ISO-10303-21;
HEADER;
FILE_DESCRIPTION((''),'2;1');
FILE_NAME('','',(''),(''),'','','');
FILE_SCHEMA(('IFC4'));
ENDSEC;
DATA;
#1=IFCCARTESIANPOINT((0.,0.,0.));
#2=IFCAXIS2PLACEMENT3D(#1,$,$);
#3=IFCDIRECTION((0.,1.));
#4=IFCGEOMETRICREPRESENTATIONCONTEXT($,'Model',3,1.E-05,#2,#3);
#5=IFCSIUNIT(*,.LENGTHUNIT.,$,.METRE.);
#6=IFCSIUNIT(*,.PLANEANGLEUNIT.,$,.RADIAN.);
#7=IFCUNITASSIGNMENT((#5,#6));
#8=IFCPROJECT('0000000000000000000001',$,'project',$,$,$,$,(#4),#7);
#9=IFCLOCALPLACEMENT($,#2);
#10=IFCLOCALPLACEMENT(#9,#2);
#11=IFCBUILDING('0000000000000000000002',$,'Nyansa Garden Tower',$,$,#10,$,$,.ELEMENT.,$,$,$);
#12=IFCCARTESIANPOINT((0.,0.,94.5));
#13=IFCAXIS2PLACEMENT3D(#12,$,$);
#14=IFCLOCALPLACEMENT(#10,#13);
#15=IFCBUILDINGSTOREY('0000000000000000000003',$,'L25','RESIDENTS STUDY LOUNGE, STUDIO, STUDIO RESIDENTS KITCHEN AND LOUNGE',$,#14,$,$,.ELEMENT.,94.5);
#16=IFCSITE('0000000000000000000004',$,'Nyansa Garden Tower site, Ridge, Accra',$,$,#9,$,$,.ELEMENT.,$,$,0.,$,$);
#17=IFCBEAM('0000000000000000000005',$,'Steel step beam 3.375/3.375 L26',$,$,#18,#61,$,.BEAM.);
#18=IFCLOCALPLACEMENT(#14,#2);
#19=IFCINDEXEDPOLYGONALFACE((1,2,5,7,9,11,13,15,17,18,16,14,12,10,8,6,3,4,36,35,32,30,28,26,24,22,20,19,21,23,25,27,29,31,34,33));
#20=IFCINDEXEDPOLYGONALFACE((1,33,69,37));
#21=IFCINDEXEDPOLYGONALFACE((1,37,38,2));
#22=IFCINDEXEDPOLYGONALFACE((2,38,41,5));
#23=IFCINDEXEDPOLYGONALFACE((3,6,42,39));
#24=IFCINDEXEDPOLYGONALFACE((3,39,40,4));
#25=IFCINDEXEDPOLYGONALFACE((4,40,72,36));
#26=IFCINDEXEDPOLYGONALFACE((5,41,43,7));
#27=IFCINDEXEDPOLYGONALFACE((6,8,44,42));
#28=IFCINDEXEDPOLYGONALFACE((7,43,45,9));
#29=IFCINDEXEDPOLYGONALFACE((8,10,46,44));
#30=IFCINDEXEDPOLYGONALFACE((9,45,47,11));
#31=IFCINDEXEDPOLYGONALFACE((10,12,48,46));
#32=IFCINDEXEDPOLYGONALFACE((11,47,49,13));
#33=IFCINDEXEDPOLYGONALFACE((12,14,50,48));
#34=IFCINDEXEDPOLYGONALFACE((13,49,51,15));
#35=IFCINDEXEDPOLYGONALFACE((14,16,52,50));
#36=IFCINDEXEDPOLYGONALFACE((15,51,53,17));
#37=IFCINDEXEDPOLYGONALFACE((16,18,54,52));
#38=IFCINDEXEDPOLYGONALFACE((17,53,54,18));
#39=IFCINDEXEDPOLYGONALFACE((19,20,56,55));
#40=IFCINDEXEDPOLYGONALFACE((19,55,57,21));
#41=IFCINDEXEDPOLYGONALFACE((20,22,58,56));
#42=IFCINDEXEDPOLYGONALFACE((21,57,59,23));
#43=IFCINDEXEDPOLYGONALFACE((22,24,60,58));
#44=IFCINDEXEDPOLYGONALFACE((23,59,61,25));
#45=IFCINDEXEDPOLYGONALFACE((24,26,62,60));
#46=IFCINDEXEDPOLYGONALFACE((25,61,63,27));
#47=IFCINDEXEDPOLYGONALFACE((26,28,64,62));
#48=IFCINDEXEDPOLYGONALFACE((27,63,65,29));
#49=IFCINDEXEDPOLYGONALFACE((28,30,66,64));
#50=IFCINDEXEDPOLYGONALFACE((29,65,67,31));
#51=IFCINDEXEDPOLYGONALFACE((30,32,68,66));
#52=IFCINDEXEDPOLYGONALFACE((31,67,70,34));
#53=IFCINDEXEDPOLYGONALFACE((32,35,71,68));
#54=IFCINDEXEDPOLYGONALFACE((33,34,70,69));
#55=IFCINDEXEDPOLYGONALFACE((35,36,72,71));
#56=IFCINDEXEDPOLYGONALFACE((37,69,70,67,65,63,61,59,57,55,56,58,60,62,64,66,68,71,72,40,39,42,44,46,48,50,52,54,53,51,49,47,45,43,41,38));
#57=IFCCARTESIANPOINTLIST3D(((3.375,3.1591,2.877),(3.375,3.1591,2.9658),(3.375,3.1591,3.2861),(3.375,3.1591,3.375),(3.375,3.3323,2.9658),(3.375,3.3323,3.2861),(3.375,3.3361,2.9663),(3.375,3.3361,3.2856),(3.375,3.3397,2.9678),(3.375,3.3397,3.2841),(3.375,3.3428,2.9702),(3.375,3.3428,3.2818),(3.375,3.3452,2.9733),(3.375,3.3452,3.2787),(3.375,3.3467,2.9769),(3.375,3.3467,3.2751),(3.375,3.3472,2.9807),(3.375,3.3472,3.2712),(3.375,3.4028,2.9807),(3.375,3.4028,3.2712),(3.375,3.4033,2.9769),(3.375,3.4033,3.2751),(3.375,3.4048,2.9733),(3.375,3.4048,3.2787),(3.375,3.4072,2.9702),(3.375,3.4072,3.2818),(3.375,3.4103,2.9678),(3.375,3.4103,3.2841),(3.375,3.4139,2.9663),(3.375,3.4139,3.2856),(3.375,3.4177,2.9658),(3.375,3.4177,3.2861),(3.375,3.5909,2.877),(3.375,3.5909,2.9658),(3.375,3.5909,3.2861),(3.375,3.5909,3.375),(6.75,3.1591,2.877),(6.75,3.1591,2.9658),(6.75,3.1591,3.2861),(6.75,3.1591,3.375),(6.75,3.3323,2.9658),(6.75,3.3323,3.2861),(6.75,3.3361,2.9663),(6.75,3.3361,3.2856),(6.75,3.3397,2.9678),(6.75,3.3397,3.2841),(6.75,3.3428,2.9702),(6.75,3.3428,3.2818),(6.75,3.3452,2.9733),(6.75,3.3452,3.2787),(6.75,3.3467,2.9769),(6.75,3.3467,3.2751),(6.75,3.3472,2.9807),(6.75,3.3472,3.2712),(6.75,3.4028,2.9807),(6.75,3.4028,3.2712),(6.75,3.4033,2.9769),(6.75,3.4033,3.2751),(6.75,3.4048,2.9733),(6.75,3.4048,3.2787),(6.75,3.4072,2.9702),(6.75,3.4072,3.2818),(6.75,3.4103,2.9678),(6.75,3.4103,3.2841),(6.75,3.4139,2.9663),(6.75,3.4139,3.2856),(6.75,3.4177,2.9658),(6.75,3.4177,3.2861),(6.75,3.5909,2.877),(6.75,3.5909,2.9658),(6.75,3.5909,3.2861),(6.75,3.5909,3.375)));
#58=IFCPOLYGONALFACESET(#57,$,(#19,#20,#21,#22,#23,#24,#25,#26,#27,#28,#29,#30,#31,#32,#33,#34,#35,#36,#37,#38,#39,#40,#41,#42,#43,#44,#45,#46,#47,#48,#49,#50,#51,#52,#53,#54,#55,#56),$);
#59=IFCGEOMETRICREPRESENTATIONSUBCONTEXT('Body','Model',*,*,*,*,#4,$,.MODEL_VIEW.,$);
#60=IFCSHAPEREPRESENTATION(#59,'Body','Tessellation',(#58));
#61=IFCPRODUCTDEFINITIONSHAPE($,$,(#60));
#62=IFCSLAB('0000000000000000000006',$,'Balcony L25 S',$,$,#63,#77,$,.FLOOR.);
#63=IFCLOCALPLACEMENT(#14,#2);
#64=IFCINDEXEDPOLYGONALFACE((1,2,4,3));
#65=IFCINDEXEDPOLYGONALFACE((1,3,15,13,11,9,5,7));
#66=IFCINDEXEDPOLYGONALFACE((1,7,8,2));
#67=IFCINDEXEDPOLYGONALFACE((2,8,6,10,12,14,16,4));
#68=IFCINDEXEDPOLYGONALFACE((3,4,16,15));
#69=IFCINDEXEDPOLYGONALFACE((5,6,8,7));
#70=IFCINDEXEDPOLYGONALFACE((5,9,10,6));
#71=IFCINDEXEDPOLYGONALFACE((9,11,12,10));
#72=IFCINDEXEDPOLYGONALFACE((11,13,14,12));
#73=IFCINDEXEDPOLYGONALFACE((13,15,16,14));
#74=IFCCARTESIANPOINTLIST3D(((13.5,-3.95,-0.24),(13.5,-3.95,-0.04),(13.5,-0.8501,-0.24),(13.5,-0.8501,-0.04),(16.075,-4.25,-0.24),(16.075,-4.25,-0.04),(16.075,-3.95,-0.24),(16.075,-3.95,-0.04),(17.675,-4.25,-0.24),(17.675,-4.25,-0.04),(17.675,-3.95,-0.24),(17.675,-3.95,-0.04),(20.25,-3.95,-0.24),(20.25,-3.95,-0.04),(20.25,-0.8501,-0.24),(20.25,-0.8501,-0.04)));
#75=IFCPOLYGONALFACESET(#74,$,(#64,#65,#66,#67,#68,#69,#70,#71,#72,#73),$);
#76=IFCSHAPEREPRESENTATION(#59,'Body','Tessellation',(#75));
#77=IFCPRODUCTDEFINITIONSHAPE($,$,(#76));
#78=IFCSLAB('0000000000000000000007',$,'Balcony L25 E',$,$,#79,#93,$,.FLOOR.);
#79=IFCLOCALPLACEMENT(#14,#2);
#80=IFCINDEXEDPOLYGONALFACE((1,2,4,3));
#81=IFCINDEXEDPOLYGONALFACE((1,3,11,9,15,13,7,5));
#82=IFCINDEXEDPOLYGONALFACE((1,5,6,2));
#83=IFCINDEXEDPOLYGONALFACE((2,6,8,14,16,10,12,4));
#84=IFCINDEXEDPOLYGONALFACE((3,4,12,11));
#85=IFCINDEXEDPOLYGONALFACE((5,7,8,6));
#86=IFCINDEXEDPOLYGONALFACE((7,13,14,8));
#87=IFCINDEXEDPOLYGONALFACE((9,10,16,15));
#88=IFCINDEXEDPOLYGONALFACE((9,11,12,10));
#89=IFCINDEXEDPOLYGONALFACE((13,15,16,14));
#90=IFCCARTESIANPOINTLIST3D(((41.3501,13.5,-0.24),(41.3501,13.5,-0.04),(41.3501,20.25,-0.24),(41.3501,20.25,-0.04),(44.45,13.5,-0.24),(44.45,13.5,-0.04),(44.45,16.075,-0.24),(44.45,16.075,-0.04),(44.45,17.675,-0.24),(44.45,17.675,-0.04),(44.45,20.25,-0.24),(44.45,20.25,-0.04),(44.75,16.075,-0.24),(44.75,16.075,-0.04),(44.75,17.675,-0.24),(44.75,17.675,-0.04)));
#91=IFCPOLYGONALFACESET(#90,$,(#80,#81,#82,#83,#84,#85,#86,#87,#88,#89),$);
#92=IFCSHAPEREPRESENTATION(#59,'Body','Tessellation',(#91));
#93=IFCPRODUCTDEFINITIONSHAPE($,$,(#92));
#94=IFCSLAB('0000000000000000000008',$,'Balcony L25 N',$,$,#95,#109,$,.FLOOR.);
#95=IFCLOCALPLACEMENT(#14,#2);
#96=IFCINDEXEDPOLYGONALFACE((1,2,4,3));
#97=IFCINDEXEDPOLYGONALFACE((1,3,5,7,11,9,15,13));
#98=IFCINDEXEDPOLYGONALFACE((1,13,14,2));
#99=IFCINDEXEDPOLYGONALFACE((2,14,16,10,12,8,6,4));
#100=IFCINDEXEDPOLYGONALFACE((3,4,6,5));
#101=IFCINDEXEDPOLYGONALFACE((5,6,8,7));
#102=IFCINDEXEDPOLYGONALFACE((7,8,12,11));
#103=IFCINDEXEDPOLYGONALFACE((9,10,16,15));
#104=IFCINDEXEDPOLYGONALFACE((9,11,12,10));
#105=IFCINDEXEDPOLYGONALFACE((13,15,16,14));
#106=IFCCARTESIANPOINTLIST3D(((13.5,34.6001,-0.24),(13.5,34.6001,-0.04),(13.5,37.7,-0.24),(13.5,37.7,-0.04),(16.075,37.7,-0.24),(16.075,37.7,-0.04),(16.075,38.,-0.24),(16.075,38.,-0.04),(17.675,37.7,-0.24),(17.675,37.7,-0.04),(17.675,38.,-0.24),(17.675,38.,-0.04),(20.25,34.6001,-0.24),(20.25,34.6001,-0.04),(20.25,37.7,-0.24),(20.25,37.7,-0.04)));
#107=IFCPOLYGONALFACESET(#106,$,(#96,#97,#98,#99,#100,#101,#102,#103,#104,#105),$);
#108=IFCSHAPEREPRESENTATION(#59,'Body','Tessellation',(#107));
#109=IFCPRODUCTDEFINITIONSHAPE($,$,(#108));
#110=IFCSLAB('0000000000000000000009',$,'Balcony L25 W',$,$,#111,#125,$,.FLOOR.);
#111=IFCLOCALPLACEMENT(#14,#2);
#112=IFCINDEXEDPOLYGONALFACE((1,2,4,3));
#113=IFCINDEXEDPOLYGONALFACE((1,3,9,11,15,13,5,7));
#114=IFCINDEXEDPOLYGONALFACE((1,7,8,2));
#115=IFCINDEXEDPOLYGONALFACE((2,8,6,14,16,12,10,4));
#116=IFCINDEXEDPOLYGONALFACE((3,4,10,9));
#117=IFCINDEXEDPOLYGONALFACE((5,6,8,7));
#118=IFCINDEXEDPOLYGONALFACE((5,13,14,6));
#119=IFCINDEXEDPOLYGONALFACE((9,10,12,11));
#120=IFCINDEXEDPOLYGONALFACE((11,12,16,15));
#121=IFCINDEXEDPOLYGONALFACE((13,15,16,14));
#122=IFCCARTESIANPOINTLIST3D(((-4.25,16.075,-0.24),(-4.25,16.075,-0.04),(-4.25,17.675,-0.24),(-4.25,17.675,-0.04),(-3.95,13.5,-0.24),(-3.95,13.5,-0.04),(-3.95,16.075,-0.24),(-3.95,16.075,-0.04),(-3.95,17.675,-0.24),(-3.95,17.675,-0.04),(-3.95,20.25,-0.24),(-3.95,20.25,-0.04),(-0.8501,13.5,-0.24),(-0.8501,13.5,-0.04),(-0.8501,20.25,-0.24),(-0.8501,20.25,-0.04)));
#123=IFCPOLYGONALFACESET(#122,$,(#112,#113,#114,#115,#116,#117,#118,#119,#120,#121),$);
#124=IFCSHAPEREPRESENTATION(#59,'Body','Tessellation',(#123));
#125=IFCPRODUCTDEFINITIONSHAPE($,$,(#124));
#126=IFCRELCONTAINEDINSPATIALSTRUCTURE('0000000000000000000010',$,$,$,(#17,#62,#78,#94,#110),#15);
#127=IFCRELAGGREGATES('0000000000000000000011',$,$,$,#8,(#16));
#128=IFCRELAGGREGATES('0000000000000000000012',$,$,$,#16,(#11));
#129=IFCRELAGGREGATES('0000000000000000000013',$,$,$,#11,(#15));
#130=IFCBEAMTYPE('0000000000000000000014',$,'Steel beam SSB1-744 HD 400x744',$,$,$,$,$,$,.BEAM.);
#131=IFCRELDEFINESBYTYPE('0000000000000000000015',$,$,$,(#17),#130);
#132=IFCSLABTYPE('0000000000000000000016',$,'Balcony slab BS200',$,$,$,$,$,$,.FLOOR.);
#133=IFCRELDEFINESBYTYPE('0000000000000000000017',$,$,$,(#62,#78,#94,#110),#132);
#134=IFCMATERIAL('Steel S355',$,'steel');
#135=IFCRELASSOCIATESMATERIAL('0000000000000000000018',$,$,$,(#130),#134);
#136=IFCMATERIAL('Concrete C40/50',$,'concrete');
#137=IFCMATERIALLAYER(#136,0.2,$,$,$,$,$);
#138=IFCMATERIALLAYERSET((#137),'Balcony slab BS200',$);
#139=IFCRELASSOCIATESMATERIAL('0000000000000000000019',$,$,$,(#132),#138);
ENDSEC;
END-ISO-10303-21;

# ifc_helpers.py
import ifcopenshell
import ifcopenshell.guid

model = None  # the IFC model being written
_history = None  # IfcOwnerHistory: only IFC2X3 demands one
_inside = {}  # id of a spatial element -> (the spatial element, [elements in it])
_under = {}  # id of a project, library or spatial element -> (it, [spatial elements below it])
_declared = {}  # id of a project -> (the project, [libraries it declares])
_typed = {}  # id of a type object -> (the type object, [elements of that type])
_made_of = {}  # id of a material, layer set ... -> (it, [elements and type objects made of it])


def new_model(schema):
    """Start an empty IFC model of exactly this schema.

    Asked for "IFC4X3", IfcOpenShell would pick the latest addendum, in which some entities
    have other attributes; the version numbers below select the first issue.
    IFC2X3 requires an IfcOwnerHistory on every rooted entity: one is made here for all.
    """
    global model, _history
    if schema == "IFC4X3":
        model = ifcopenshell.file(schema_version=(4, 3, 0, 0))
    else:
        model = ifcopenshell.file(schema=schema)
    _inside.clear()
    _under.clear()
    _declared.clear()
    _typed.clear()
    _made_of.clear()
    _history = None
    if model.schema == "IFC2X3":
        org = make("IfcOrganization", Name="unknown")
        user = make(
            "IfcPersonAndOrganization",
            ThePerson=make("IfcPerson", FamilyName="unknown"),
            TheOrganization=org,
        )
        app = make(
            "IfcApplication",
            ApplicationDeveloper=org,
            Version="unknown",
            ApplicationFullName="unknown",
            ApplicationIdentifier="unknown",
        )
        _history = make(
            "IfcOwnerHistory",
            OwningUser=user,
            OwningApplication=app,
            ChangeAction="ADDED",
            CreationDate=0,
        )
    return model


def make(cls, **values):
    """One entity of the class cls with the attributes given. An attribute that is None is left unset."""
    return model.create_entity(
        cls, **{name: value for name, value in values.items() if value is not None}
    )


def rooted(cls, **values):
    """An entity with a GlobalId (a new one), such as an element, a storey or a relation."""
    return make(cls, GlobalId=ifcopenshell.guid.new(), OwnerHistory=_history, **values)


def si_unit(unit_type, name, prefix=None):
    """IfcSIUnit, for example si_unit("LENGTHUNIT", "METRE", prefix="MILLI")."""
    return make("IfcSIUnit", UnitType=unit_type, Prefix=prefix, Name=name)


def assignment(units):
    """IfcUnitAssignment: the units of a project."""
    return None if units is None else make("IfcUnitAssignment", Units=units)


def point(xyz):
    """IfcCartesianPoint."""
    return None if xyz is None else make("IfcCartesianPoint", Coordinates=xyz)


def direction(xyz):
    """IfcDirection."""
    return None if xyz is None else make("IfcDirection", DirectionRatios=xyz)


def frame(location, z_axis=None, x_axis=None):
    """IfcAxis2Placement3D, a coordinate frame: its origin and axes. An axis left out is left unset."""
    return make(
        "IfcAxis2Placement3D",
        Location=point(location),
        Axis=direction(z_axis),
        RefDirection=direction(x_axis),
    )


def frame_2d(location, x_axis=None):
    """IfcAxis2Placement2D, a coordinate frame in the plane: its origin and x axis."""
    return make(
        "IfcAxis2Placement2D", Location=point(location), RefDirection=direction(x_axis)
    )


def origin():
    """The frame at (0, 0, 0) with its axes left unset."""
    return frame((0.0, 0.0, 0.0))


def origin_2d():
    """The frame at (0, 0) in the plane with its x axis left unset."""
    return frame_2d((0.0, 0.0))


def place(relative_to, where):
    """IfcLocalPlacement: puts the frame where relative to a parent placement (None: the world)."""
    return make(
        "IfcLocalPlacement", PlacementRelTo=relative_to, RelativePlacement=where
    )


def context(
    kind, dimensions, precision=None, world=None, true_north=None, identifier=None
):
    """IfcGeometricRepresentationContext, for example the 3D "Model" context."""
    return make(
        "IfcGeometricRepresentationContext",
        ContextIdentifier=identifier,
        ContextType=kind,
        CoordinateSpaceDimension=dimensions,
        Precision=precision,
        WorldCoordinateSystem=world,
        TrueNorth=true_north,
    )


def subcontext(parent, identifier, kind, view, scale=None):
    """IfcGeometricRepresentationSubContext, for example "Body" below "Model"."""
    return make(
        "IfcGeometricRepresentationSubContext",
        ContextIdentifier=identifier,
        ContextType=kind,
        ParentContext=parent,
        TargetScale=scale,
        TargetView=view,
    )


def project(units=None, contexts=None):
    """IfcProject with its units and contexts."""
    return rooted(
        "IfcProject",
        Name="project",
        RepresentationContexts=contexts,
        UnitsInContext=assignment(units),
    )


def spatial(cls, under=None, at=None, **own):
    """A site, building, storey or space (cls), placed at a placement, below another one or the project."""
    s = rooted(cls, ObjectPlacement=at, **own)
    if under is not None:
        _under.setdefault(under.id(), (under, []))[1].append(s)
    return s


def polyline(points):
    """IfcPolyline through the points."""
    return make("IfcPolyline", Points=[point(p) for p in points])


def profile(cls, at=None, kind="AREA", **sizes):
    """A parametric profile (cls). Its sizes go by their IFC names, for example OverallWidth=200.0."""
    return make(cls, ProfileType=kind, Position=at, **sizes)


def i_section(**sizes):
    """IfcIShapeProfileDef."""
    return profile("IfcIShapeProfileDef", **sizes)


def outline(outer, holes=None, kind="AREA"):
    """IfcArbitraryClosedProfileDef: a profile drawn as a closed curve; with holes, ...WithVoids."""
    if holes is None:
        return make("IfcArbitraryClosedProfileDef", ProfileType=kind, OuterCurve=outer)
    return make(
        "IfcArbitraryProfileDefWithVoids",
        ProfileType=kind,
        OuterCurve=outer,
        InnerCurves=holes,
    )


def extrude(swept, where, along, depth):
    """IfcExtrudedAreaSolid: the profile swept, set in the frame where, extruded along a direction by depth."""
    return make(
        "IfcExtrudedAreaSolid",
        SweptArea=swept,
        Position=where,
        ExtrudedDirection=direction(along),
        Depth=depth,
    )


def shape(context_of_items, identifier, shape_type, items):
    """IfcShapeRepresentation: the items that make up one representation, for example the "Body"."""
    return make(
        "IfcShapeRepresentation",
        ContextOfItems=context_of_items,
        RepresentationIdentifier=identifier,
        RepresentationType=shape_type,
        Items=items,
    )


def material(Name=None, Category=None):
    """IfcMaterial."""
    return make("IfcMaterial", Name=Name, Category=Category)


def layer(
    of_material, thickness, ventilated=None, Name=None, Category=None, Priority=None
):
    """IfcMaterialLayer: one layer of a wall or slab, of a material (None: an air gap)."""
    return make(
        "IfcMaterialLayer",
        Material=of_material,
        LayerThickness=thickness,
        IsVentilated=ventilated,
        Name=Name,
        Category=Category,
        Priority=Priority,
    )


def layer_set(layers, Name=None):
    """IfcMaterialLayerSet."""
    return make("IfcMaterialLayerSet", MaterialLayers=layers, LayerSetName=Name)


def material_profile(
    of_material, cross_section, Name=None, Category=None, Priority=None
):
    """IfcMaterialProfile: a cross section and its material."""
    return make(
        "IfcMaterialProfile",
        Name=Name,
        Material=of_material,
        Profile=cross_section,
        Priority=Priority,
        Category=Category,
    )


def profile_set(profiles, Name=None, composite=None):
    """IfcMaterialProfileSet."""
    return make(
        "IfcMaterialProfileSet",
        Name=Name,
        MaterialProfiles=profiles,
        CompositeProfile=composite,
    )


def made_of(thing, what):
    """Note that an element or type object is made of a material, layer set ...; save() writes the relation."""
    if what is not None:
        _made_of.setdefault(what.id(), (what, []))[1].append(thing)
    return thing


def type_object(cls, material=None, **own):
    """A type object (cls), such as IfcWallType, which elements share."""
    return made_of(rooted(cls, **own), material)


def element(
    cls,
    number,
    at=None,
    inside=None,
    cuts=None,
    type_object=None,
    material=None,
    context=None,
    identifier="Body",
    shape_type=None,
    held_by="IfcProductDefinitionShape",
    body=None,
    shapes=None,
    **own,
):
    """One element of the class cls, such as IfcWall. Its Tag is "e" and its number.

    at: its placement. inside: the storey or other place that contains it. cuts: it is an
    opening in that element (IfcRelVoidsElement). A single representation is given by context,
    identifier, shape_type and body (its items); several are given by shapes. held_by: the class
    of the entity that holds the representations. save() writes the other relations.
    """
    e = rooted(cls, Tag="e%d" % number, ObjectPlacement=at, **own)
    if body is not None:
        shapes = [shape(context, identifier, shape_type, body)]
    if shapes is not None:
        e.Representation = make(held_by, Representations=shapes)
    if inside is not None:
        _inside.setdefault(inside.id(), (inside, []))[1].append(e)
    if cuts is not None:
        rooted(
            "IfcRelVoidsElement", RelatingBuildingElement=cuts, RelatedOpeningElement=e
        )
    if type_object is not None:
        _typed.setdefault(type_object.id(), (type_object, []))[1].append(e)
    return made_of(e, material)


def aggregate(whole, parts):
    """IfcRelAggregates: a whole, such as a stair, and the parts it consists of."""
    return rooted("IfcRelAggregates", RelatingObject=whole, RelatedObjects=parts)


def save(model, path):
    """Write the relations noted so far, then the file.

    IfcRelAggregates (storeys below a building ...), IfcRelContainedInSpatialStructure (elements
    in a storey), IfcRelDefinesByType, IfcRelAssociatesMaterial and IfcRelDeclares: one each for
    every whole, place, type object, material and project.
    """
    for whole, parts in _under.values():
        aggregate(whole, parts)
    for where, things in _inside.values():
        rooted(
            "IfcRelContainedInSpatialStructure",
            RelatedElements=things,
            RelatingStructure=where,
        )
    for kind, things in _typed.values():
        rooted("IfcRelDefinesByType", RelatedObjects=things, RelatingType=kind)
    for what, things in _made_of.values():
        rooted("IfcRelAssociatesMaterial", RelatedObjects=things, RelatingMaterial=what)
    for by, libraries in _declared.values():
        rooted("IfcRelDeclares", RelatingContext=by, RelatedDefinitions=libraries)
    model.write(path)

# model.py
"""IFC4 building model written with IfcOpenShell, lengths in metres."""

from ifc_helpers import new_model, si_unit, direction, frame, origin, origin_2d, place, context, subcontext, project, spatial, polyline, i_section, outline, extrude, material, layer, layer_set, material_profile, profile_set, type_object, element, save


model = new_model("IFC4")

# Units and contexts
model_context = context("Model", 3, precision=1e-05, world=origin(), true_north=direction((0.0, 1.0)))
body_context = subcontext(model_context, "Body", "Model", "MODEL_VIEW")
ifc_project = project(units=[si_unit("LENGTHUNIT", "METRE"), si_unit("PLANEANGLEUNIT", "RADIAN")], contexts=[model_context])

# Site, building, storey
site_placement = place(None, origin())
site = spatial("IfcSite", under=ifc_project, at=site_placement, Name="Nyansa Garden Tower site, Ridge, Accra", CompositionType="ELEMENT", RefElevation=0.0)
building_placement = place(site_placement, origin())
building = spatial("IfcBuilding", under=site, at=building_placement, Name="Nyansa Garden Tower", CompositionType="ELEMENT")
storey_placement = place(building_placement, frame((0.0, 0.0, 94.5)))
storey = spatial("IfcBuildingStorey", under=building, at=storey_placement, Name="L25", Description="RESIDENTS STUDY LOUNGE, STUDIO, STUDIO RESIDENTS KITCHEN AND LOUNGE", CompositionType="ELEMENT", Elevation=94.5)

# Beam
ifc_material_1 = material(Name="Steel S355", Category="steel")
ifc_material_profile_1 = material_profile(ifc_material_1, i_section(OverallWidth=0.4319, OverallDepth=0.498, WebThickness=0.0557, FlangeThickness=0.0889, FilletRadius=0.0149, at=origin_2d()), Name="HD 400x744")
ifc_profile_set_1 = profile_set([ifc_material_profile_1], Name="Steel S355")
beam_type_1 = type_object("IfcBeamType", Name="Steel beam SSB1-744 HD 400x744", PredefinedType="BEAM", material=ifc_profile_set_1)
for number, where, z_axis, x_axis, name in (
    (1, (3.375, 3.375, 3.126), (1.0, 0.0, 0.0), (0.0, 1.0, 0.0), "Steel step beam 3.375/3.375 L26"),
):
    element("IfcBeam", number, at=place(storey_placement, frame(where, z_axis=z_axis, x_axis=x_axis)), inside=storey, type_object=beam_type_1, Name=name, PredefinedType="BEAM", context=body_context, shape_type="SweptSolid", body=[
        extrude(i_section(OverallWidth=0.4319, OverallDepth=0.498, WebThickness=0.0557, FlangeThickness=0.0889, FilletRadius=0.0149, at=origin_2d()), origin(), (0.0, 0.0, 1.0), 3.375),
    ])

# Slabs
ifc_material_2 = material(Name="Concrete C40/50", Category="concrete")
ifc_layer_1 = layer(ifc_material_2, 0.2)
ifc_layer_set_1 = layer_set([ifc_layer_1], Name="Balcony slab BS200")
slab_type_1 = type_object("IfcSlabType", Name="Balcony slab BS200", PredefinedType="FLOOR", material=ifc_layer_set_1)
slab_1_placement = place(storey_placement, frame((0.0, 0.0, -0.24)))
element("IfcSlab", 2, at=slab_1_placement, inside=storey, type_object=slab_type_1, Name="Balcony L25 S", PredefinedType="FLOOR", context=body_context, shape_type="SweptSolid", body=[
    extrude(outline(polyline([(13.5, -0.8501), (20.25, -0.8501), (20.25, -3.95), (17.675, -3.95), (17.675, -4.25), (16.075, -4.25), (16.075, -3.95), (13.5, -3.95), (13.5, -0.8501)])), origin(), (0.0, 0.0, 1.0), 0.2),
])
slab_2_placement = place(storey_placement, frame((0.0, 0.0, -0.24)))
element("IfcSlab", 3, at=slab_2_placement, inside=storey, type_object=slab_type_1, Name="Balcony L25 E", PredefinedType="FLOOR", context=body_context, shape_type="SweptSolid", body=[
    extrude(outline(polyline([(41.3501, 13.5), (41.3501, 20.25), (44.45, 20.25), (44.45, 17.675), (44.75, 17.675), (44.75, 16.075), (44.45, 16.075), (44.45, 13.5), (41.3501, 13.5)])), origin(), (0.0, 0.0, 1.0), 0.2),
])
slab_3_placement = place(storey_placement, frame((0.0, 0.0, -0.24)))
element("IfcSlab", 4, at=slab_3_placement, inside=storey, type_object=slab_type_1, Name="Balcony L25 N", PredefinedType="FLOOR", context=body_context, shape_type="SweptSolid", body=[
    extrude(outline(polyline([(13.5, 34.6001), (20.25, 34.6001), (20.25, 37.7), (17.675, 37.7), (17.675, 38.0), (16.075, 38.0), (16.075, 37.7), (13.5, 37.7), (13.5, 34.6001)])), origin(), (0.0, 0.0, 1.0), 0.2),
])
slab_4_placement = place(storey_placement, frame((0.0, 0.0, -0.24)))
element("IfcSlab", 5, at=slab_4_placement, inside=storey, type_object=slab_type_1, Name="Balcony L25 W", PredefinedType="FLOOR", context=body_context, shape_type="SweptSolid", body=[
    extrude(outline(polyline([(-0.8501, 13.5), (-0.8501, 20.25), (-3.95, 20.25), (-3.95, 17.675), (-4.25, 17.675), (-4.25, 16.075), (-3.95, 16.075), (-3.95, 13.5), (-0.8501, 13.5)])), origin(), (0.0, 0.0, 1.0), 0.2),
])

save(model, "model.ifc")
